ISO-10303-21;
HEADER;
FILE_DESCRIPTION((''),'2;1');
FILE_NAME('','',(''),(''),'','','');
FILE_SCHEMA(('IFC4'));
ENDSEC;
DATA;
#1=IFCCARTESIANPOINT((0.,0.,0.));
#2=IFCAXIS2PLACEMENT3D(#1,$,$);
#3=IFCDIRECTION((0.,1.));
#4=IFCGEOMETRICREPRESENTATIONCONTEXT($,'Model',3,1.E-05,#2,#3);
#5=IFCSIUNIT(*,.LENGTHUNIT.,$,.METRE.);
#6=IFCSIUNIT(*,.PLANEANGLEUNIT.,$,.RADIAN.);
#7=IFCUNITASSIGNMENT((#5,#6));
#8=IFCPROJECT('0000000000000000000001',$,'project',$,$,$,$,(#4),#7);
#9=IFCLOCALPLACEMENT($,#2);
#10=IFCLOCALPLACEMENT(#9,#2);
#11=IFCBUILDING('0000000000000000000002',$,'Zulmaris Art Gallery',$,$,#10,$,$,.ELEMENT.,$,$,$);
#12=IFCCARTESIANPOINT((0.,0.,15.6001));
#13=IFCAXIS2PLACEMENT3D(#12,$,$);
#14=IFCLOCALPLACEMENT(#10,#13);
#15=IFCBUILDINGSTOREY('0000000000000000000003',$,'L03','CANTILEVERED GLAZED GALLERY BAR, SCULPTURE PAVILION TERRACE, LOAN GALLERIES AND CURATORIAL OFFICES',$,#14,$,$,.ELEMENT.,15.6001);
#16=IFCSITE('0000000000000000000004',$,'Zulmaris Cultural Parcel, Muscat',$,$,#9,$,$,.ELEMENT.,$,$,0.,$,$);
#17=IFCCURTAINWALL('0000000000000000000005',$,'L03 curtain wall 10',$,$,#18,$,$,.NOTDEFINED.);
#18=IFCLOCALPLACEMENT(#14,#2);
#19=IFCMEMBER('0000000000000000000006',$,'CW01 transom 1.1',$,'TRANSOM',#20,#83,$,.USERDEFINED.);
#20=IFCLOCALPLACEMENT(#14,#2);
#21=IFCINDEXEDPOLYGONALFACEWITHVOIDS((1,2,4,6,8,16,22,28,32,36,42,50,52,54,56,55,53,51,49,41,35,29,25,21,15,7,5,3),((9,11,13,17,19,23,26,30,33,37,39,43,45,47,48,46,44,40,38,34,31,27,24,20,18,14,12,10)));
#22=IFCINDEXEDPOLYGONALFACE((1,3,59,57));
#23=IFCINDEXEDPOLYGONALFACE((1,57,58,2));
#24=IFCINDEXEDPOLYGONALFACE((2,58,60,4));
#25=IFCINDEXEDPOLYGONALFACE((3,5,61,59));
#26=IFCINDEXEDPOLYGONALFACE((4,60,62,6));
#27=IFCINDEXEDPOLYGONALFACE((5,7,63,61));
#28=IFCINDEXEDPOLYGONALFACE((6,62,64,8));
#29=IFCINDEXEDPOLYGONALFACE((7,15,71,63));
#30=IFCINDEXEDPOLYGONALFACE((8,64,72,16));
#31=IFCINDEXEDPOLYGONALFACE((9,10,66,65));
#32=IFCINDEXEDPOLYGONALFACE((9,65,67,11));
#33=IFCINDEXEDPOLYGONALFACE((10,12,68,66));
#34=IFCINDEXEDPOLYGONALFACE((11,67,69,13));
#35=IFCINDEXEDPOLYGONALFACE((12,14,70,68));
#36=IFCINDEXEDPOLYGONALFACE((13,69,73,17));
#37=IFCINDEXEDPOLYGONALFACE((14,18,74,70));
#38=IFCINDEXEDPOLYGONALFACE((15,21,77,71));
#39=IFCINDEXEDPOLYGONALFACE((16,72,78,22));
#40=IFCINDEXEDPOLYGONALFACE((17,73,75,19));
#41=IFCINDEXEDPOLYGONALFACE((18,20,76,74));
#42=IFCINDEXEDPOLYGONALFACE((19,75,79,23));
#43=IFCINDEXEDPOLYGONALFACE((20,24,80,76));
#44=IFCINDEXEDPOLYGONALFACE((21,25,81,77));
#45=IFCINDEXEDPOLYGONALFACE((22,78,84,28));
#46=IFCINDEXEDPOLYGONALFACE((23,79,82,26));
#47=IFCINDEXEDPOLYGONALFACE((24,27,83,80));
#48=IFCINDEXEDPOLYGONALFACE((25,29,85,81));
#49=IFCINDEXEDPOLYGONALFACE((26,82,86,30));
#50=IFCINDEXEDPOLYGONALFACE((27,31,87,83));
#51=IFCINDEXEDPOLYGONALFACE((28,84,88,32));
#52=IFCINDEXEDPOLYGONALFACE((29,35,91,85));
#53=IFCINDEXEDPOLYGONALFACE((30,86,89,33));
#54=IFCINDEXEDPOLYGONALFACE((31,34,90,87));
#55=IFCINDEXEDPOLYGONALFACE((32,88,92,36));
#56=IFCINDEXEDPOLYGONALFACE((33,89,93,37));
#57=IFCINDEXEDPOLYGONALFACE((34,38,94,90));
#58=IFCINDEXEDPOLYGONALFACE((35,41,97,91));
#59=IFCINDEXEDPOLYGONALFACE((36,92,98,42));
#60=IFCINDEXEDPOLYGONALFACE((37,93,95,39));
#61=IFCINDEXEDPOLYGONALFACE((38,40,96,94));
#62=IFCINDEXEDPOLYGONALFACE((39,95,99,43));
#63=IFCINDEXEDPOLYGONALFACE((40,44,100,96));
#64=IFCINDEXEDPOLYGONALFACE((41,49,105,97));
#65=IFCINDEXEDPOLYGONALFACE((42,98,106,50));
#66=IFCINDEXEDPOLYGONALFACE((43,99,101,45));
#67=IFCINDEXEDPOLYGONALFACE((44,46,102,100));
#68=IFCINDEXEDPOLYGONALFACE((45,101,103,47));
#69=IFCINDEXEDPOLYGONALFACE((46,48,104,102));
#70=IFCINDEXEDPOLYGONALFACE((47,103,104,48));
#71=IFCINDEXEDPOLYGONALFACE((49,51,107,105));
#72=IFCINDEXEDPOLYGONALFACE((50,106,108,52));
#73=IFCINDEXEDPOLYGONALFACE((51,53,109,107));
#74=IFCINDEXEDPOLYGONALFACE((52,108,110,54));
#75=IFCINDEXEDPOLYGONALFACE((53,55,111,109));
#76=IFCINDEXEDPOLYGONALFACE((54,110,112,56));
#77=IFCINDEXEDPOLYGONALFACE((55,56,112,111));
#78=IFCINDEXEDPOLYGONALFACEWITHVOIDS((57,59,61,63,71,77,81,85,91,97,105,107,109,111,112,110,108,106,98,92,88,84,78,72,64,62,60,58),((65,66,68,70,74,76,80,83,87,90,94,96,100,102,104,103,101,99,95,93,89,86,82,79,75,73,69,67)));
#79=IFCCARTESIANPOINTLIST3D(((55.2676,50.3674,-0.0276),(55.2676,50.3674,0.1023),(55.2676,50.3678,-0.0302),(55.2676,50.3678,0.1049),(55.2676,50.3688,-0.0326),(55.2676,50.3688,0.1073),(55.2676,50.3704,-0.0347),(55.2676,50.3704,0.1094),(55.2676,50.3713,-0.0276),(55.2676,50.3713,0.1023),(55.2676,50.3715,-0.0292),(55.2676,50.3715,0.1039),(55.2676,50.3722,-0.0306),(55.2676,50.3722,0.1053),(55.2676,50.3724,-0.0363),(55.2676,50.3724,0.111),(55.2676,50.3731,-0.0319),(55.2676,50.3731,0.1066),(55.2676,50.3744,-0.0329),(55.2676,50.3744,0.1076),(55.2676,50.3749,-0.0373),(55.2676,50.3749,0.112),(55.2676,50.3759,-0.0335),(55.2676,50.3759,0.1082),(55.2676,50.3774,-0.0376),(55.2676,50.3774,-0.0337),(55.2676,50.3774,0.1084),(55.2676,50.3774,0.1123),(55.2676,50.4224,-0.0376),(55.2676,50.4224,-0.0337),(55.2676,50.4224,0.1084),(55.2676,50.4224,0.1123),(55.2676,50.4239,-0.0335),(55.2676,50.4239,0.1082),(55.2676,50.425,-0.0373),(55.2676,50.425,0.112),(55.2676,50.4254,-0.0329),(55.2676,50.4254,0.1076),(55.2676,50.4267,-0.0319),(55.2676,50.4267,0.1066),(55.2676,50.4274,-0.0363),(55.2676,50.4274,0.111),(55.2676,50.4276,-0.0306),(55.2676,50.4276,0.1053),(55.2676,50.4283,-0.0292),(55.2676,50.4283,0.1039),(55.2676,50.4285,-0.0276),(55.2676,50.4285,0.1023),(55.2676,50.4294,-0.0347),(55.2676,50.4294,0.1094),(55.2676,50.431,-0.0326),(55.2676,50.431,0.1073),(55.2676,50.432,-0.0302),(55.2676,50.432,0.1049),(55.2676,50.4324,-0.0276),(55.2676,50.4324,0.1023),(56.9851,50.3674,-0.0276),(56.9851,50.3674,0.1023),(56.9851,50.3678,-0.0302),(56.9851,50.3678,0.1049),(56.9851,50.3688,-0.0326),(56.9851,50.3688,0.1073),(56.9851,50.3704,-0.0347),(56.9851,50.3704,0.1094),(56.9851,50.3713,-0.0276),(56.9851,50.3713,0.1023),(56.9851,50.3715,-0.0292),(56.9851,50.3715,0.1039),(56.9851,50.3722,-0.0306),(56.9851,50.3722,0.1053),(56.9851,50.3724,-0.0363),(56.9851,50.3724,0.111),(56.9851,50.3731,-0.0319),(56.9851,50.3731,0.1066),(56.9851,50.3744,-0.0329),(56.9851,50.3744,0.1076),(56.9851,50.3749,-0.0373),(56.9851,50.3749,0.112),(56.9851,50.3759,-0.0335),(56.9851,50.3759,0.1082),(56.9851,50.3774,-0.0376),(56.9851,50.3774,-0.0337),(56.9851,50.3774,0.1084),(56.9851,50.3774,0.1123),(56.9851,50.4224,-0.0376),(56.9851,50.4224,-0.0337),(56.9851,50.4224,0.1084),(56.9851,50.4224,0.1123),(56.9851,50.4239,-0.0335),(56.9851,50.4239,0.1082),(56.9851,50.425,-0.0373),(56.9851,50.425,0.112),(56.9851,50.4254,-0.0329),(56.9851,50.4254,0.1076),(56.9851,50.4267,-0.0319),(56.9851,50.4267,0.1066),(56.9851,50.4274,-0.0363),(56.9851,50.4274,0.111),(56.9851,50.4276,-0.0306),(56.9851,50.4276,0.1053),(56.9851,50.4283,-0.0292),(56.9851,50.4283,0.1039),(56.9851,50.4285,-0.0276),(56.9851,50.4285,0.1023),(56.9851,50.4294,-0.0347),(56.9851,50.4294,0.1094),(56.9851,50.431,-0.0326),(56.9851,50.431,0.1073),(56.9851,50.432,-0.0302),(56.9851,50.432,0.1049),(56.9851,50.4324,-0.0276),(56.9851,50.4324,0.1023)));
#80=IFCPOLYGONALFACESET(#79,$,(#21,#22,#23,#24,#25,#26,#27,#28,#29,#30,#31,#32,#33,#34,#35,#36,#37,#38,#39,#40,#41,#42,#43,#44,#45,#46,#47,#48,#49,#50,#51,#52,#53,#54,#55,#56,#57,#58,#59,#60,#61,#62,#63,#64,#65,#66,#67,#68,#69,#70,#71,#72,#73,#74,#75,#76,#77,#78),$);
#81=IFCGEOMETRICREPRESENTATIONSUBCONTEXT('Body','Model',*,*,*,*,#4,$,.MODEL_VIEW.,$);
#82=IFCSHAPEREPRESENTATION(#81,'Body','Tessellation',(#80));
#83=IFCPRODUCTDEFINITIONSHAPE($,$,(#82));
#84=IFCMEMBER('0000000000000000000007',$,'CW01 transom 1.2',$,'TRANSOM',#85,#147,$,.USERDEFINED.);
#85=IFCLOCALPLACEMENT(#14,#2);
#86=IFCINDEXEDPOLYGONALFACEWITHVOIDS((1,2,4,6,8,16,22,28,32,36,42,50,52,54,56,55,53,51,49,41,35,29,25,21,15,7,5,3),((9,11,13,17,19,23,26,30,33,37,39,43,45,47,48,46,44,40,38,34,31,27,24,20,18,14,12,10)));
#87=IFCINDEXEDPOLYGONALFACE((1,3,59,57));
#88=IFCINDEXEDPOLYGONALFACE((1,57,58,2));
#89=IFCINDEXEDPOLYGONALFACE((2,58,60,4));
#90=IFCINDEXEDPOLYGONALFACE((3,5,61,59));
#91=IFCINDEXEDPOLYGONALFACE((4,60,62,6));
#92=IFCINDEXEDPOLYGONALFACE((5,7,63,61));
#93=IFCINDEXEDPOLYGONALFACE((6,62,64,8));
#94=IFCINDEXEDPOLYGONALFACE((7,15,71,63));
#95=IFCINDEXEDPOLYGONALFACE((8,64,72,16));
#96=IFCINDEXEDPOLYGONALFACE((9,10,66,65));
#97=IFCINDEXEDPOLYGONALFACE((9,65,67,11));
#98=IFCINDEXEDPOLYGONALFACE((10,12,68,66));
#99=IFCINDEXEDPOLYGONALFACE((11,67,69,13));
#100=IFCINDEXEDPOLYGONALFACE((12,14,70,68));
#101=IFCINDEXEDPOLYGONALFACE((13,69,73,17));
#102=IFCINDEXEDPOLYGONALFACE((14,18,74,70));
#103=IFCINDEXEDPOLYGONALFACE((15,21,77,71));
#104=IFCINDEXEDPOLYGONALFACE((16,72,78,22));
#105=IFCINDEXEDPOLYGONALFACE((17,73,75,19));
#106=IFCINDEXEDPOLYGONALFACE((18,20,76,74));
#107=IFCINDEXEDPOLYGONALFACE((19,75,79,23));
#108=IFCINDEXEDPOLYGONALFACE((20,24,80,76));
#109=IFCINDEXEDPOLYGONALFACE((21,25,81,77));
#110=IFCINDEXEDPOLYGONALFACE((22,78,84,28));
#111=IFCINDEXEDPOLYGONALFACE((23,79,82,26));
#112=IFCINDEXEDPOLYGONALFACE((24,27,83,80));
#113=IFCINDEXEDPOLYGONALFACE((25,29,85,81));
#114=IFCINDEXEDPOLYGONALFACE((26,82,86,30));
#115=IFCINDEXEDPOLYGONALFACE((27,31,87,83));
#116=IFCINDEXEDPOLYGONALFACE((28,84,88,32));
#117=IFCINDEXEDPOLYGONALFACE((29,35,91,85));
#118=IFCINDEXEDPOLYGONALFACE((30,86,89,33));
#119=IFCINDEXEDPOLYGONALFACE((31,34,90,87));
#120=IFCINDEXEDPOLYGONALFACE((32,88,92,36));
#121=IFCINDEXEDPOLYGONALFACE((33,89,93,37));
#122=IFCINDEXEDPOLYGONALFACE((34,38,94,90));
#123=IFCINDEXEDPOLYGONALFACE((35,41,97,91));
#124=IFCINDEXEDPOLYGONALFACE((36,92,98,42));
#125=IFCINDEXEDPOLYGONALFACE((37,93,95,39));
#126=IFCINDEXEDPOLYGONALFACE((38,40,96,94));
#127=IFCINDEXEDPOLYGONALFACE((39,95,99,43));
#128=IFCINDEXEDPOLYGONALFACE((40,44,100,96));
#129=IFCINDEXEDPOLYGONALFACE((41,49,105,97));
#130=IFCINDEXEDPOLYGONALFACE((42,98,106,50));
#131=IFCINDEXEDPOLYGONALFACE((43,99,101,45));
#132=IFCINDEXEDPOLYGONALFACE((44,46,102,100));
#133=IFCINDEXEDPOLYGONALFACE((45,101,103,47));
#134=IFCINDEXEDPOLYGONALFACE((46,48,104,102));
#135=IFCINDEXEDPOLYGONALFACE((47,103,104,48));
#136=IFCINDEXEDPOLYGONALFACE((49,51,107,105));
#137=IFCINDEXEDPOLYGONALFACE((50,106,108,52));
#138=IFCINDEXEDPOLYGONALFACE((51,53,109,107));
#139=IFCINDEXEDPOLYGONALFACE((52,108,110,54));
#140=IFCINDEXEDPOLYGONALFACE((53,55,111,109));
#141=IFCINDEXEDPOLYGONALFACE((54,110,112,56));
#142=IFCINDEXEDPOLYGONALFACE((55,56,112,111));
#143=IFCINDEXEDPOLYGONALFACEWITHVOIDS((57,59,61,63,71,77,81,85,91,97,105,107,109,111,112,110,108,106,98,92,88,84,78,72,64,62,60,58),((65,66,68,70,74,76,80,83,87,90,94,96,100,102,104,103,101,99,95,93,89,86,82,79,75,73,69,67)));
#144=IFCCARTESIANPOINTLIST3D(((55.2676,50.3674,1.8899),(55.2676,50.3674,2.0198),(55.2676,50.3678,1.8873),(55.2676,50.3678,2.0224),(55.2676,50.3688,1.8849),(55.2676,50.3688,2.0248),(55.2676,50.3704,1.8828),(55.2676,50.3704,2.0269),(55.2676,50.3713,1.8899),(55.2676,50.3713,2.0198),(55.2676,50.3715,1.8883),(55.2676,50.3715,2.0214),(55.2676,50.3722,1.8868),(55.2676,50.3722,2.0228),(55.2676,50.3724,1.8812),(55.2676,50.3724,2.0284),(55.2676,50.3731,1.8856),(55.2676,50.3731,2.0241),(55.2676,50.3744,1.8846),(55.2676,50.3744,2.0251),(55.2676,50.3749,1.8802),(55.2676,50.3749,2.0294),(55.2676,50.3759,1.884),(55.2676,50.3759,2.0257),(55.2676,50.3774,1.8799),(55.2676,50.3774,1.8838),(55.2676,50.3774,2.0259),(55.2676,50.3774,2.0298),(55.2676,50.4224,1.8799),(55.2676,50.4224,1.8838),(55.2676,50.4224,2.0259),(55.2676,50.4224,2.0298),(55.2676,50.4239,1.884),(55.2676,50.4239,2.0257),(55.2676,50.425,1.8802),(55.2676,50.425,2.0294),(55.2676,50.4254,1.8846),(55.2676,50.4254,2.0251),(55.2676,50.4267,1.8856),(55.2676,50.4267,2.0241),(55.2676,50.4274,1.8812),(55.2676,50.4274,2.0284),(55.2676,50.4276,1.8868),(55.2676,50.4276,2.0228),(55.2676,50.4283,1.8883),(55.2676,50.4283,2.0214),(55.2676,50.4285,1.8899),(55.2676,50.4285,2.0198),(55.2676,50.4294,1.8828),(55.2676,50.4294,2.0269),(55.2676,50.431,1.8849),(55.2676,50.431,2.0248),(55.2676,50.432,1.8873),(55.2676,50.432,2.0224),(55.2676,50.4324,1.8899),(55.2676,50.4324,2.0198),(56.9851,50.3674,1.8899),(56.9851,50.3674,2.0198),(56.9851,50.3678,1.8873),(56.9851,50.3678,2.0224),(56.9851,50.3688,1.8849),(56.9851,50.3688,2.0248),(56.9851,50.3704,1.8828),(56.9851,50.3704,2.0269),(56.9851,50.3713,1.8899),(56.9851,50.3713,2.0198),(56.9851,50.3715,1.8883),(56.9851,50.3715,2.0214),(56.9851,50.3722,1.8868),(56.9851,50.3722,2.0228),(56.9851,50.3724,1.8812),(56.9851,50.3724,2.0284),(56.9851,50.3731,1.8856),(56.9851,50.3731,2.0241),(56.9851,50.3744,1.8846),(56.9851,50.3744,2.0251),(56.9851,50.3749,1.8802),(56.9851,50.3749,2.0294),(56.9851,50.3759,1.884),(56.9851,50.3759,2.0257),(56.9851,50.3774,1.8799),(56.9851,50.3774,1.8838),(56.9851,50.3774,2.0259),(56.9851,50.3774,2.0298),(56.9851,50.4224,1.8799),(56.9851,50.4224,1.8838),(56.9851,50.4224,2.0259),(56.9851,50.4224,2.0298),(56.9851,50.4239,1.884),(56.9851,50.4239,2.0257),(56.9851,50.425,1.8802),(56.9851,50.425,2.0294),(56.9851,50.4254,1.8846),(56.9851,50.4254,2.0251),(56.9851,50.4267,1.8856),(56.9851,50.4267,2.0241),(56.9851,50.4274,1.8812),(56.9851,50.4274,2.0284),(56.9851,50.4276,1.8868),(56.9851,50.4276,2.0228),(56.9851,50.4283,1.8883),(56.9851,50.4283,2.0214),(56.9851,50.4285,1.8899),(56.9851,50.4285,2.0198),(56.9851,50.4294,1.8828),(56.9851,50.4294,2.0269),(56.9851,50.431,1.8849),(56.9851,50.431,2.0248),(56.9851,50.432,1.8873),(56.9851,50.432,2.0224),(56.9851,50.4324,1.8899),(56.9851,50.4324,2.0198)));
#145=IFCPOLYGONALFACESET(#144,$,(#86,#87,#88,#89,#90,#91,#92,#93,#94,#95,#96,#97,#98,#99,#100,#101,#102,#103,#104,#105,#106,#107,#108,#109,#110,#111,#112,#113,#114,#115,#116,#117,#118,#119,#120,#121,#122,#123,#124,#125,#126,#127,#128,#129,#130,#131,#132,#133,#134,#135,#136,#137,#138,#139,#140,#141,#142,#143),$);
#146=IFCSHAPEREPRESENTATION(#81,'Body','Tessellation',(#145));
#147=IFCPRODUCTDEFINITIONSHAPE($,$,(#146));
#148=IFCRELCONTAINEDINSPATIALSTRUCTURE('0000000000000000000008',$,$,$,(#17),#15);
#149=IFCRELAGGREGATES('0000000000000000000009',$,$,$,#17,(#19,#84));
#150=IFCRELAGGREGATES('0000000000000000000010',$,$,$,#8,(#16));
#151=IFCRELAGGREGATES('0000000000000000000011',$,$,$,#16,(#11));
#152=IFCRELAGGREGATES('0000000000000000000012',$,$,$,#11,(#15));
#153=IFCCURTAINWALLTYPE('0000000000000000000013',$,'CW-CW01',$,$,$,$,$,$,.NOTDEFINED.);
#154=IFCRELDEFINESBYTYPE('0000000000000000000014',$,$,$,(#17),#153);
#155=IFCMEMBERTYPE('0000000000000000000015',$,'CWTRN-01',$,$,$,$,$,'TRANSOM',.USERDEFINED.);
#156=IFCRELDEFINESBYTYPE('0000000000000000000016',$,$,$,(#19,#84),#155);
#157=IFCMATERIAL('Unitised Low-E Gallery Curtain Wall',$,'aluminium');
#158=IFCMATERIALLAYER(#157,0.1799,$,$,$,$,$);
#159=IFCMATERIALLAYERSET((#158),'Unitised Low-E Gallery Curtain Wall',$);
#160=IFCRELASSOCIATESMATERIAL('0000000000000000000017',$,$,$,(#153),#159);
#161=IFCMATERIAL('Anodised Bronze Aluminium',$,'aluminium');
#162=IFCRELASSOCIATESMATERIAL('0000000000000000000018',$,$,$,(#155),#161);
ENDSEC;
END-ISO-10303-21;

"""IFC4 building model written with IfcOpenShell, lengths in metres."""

from ifc_helpers import new_model, si_unit, direction, frame, origin, origin_2d, place, context, subcontext, project, spatial, hollow_rectangle, extrude, material, layer, layer_set, material_profile, profile_set, type_object, element, aggregate, save


model = new_model("IFC4")

# Units and contexts
model_context = context("Model", 3, precision=1e-05, world=origin(), true_north=direction((0.0, 1.0)))
body_context = subcontext(model_context, "Body", "Model", "MODEL_VIEW")
ifc_project = project(units=[si_unit("LENGTHUNIT", "METRE"), si_unit("PLANEANGLEUNIT", "RADIAN")], contexts=[model_context])

# Site, building, storey
site_placement = place(None, origin())
site = spatial("IfcSite", under=ifc_project, at=site_placement, Name="Zulmaris Cultural Parcel, Muscat", CompositionType="ELEMENT", RefElevation=0.0)
building_placement = place(site_placement, origin())
building = spatial("IfcBuilding", under=site, at=building_placement, Name="Zulmaris Art Gallery", CompositionType="ELEMENT")
storey_placement = place(building_placement, frame((0.0, 0.0, 15.6001)))
storey = spatial("IfcBuildingStorey", under=building, at=storey_placement, Name="L03", Description="CANTILEVERED GLAZED GALLERY BAR, SCULPTURE PAVILION TERRACE, LOAN GALLERIES AND CURATORIAL OFFICES", CompositionType="ELEMENT", Elevation=15.6001)

# Curtain wall
ifc_material_1 = material(Name="Unitised Low-E Gallery Curtain Wall", Category="aluminium")
ifc_layer_1 = layer(ifc_material_1, 0.1799)
ifc_layer_set_1 = layer_set([ifc_layer_1], Name="Unitised Low-E Gallery Curtain Wall")
curtain_wall_type = type_object("IfcCurtainWallType", Name="CW-CW01", PredefinedType="NOTDEFINED", material=ifc_layer_set_1)
curtain_wall_1_placement = place(storey_placement, origin())
curtain_wall_1 = element("IfcCurtainWall", 1, at=curtain_wall_1_placement, inside=storey, type_object=curtain_wall_type, Name="L03 curtain wall 10", PredefinedType="NOTDEFINED")
ifc_material_2 = material(Name="Anodised Bronze Aluminium", Category="aluminium")

# Members
ifc_material_profile_1 = material_profile(ifc_material_2, hollow_rectangle(XDim=0.0649, YDim=0.1499, WallThickness=0.0039, InnerFilletRadius=0.0061, OuterFilletRadius=0.01, at=origin_2d()), Name="ALU 65x150x4")
ifc_profile_set_1 = profile_set([ifc_material_profile_1], Name="Anodised Bronze Aluminium")
member_type_1 = type_object("IfcMemberType", Name="CWTRN-01", ElementType="TRANSOM", PredefinedType="USERDEFINED", material=ifc_profile_set_1)
member_1_placement = place(storey_placement, frame((56.9851, 50.3999, 0.0374), z_axis=(-1.0, 0.0, 0.0), x_axis=(0.0, -1.0, 0.0)))
member_1 = element("IfcMember", 2, at=member_1_placement, type_object=member_type_1, Name="CW01 transom 1.1", ObjectType="TRANSOM", PredefinedType="USERDEFINED", context=body_context, shape_type="SweptSolid", body=[
    extrude(hollow_rectangle(XDim=0.0649, YDim=0.1499, WallThickness=0.0039, InnerFilletRadius=0.0061, OuterFilletRadius=0.01, at=origin_2d()), origin(), (0.0, 0.0, 1.0), 1.7175),
])
member_2_placement = place(storey_placement, frame((56.9851, 50.3999, 1.9548), z_axis=(-1.0, 0.0, 0.0), x_axis=(0.0, -1.0, 0.0)))
member_2 = element("IfcMember", 3, at=member_2_placement, type_object=member_type_1, Name="CW01 transom 1.2", ObjectType="TRANSOM", PredefinedType="USERDEFINED", context=body_context, shape_type="SweptSolid", body=[
    extrude(hollow_rectangle(XDim=0.0649, YDim=0.1499, WallThickness=0.0039, InnerFilletRadius=0.0061, OuterFilletRadius=0.01, at=origin_2d()), origin(), (0.0, 0.0, 1.0), 1.7175),
])

aggregate(curtain_wall_1, [member_1, member_2])

save(model, "model.ifc")
